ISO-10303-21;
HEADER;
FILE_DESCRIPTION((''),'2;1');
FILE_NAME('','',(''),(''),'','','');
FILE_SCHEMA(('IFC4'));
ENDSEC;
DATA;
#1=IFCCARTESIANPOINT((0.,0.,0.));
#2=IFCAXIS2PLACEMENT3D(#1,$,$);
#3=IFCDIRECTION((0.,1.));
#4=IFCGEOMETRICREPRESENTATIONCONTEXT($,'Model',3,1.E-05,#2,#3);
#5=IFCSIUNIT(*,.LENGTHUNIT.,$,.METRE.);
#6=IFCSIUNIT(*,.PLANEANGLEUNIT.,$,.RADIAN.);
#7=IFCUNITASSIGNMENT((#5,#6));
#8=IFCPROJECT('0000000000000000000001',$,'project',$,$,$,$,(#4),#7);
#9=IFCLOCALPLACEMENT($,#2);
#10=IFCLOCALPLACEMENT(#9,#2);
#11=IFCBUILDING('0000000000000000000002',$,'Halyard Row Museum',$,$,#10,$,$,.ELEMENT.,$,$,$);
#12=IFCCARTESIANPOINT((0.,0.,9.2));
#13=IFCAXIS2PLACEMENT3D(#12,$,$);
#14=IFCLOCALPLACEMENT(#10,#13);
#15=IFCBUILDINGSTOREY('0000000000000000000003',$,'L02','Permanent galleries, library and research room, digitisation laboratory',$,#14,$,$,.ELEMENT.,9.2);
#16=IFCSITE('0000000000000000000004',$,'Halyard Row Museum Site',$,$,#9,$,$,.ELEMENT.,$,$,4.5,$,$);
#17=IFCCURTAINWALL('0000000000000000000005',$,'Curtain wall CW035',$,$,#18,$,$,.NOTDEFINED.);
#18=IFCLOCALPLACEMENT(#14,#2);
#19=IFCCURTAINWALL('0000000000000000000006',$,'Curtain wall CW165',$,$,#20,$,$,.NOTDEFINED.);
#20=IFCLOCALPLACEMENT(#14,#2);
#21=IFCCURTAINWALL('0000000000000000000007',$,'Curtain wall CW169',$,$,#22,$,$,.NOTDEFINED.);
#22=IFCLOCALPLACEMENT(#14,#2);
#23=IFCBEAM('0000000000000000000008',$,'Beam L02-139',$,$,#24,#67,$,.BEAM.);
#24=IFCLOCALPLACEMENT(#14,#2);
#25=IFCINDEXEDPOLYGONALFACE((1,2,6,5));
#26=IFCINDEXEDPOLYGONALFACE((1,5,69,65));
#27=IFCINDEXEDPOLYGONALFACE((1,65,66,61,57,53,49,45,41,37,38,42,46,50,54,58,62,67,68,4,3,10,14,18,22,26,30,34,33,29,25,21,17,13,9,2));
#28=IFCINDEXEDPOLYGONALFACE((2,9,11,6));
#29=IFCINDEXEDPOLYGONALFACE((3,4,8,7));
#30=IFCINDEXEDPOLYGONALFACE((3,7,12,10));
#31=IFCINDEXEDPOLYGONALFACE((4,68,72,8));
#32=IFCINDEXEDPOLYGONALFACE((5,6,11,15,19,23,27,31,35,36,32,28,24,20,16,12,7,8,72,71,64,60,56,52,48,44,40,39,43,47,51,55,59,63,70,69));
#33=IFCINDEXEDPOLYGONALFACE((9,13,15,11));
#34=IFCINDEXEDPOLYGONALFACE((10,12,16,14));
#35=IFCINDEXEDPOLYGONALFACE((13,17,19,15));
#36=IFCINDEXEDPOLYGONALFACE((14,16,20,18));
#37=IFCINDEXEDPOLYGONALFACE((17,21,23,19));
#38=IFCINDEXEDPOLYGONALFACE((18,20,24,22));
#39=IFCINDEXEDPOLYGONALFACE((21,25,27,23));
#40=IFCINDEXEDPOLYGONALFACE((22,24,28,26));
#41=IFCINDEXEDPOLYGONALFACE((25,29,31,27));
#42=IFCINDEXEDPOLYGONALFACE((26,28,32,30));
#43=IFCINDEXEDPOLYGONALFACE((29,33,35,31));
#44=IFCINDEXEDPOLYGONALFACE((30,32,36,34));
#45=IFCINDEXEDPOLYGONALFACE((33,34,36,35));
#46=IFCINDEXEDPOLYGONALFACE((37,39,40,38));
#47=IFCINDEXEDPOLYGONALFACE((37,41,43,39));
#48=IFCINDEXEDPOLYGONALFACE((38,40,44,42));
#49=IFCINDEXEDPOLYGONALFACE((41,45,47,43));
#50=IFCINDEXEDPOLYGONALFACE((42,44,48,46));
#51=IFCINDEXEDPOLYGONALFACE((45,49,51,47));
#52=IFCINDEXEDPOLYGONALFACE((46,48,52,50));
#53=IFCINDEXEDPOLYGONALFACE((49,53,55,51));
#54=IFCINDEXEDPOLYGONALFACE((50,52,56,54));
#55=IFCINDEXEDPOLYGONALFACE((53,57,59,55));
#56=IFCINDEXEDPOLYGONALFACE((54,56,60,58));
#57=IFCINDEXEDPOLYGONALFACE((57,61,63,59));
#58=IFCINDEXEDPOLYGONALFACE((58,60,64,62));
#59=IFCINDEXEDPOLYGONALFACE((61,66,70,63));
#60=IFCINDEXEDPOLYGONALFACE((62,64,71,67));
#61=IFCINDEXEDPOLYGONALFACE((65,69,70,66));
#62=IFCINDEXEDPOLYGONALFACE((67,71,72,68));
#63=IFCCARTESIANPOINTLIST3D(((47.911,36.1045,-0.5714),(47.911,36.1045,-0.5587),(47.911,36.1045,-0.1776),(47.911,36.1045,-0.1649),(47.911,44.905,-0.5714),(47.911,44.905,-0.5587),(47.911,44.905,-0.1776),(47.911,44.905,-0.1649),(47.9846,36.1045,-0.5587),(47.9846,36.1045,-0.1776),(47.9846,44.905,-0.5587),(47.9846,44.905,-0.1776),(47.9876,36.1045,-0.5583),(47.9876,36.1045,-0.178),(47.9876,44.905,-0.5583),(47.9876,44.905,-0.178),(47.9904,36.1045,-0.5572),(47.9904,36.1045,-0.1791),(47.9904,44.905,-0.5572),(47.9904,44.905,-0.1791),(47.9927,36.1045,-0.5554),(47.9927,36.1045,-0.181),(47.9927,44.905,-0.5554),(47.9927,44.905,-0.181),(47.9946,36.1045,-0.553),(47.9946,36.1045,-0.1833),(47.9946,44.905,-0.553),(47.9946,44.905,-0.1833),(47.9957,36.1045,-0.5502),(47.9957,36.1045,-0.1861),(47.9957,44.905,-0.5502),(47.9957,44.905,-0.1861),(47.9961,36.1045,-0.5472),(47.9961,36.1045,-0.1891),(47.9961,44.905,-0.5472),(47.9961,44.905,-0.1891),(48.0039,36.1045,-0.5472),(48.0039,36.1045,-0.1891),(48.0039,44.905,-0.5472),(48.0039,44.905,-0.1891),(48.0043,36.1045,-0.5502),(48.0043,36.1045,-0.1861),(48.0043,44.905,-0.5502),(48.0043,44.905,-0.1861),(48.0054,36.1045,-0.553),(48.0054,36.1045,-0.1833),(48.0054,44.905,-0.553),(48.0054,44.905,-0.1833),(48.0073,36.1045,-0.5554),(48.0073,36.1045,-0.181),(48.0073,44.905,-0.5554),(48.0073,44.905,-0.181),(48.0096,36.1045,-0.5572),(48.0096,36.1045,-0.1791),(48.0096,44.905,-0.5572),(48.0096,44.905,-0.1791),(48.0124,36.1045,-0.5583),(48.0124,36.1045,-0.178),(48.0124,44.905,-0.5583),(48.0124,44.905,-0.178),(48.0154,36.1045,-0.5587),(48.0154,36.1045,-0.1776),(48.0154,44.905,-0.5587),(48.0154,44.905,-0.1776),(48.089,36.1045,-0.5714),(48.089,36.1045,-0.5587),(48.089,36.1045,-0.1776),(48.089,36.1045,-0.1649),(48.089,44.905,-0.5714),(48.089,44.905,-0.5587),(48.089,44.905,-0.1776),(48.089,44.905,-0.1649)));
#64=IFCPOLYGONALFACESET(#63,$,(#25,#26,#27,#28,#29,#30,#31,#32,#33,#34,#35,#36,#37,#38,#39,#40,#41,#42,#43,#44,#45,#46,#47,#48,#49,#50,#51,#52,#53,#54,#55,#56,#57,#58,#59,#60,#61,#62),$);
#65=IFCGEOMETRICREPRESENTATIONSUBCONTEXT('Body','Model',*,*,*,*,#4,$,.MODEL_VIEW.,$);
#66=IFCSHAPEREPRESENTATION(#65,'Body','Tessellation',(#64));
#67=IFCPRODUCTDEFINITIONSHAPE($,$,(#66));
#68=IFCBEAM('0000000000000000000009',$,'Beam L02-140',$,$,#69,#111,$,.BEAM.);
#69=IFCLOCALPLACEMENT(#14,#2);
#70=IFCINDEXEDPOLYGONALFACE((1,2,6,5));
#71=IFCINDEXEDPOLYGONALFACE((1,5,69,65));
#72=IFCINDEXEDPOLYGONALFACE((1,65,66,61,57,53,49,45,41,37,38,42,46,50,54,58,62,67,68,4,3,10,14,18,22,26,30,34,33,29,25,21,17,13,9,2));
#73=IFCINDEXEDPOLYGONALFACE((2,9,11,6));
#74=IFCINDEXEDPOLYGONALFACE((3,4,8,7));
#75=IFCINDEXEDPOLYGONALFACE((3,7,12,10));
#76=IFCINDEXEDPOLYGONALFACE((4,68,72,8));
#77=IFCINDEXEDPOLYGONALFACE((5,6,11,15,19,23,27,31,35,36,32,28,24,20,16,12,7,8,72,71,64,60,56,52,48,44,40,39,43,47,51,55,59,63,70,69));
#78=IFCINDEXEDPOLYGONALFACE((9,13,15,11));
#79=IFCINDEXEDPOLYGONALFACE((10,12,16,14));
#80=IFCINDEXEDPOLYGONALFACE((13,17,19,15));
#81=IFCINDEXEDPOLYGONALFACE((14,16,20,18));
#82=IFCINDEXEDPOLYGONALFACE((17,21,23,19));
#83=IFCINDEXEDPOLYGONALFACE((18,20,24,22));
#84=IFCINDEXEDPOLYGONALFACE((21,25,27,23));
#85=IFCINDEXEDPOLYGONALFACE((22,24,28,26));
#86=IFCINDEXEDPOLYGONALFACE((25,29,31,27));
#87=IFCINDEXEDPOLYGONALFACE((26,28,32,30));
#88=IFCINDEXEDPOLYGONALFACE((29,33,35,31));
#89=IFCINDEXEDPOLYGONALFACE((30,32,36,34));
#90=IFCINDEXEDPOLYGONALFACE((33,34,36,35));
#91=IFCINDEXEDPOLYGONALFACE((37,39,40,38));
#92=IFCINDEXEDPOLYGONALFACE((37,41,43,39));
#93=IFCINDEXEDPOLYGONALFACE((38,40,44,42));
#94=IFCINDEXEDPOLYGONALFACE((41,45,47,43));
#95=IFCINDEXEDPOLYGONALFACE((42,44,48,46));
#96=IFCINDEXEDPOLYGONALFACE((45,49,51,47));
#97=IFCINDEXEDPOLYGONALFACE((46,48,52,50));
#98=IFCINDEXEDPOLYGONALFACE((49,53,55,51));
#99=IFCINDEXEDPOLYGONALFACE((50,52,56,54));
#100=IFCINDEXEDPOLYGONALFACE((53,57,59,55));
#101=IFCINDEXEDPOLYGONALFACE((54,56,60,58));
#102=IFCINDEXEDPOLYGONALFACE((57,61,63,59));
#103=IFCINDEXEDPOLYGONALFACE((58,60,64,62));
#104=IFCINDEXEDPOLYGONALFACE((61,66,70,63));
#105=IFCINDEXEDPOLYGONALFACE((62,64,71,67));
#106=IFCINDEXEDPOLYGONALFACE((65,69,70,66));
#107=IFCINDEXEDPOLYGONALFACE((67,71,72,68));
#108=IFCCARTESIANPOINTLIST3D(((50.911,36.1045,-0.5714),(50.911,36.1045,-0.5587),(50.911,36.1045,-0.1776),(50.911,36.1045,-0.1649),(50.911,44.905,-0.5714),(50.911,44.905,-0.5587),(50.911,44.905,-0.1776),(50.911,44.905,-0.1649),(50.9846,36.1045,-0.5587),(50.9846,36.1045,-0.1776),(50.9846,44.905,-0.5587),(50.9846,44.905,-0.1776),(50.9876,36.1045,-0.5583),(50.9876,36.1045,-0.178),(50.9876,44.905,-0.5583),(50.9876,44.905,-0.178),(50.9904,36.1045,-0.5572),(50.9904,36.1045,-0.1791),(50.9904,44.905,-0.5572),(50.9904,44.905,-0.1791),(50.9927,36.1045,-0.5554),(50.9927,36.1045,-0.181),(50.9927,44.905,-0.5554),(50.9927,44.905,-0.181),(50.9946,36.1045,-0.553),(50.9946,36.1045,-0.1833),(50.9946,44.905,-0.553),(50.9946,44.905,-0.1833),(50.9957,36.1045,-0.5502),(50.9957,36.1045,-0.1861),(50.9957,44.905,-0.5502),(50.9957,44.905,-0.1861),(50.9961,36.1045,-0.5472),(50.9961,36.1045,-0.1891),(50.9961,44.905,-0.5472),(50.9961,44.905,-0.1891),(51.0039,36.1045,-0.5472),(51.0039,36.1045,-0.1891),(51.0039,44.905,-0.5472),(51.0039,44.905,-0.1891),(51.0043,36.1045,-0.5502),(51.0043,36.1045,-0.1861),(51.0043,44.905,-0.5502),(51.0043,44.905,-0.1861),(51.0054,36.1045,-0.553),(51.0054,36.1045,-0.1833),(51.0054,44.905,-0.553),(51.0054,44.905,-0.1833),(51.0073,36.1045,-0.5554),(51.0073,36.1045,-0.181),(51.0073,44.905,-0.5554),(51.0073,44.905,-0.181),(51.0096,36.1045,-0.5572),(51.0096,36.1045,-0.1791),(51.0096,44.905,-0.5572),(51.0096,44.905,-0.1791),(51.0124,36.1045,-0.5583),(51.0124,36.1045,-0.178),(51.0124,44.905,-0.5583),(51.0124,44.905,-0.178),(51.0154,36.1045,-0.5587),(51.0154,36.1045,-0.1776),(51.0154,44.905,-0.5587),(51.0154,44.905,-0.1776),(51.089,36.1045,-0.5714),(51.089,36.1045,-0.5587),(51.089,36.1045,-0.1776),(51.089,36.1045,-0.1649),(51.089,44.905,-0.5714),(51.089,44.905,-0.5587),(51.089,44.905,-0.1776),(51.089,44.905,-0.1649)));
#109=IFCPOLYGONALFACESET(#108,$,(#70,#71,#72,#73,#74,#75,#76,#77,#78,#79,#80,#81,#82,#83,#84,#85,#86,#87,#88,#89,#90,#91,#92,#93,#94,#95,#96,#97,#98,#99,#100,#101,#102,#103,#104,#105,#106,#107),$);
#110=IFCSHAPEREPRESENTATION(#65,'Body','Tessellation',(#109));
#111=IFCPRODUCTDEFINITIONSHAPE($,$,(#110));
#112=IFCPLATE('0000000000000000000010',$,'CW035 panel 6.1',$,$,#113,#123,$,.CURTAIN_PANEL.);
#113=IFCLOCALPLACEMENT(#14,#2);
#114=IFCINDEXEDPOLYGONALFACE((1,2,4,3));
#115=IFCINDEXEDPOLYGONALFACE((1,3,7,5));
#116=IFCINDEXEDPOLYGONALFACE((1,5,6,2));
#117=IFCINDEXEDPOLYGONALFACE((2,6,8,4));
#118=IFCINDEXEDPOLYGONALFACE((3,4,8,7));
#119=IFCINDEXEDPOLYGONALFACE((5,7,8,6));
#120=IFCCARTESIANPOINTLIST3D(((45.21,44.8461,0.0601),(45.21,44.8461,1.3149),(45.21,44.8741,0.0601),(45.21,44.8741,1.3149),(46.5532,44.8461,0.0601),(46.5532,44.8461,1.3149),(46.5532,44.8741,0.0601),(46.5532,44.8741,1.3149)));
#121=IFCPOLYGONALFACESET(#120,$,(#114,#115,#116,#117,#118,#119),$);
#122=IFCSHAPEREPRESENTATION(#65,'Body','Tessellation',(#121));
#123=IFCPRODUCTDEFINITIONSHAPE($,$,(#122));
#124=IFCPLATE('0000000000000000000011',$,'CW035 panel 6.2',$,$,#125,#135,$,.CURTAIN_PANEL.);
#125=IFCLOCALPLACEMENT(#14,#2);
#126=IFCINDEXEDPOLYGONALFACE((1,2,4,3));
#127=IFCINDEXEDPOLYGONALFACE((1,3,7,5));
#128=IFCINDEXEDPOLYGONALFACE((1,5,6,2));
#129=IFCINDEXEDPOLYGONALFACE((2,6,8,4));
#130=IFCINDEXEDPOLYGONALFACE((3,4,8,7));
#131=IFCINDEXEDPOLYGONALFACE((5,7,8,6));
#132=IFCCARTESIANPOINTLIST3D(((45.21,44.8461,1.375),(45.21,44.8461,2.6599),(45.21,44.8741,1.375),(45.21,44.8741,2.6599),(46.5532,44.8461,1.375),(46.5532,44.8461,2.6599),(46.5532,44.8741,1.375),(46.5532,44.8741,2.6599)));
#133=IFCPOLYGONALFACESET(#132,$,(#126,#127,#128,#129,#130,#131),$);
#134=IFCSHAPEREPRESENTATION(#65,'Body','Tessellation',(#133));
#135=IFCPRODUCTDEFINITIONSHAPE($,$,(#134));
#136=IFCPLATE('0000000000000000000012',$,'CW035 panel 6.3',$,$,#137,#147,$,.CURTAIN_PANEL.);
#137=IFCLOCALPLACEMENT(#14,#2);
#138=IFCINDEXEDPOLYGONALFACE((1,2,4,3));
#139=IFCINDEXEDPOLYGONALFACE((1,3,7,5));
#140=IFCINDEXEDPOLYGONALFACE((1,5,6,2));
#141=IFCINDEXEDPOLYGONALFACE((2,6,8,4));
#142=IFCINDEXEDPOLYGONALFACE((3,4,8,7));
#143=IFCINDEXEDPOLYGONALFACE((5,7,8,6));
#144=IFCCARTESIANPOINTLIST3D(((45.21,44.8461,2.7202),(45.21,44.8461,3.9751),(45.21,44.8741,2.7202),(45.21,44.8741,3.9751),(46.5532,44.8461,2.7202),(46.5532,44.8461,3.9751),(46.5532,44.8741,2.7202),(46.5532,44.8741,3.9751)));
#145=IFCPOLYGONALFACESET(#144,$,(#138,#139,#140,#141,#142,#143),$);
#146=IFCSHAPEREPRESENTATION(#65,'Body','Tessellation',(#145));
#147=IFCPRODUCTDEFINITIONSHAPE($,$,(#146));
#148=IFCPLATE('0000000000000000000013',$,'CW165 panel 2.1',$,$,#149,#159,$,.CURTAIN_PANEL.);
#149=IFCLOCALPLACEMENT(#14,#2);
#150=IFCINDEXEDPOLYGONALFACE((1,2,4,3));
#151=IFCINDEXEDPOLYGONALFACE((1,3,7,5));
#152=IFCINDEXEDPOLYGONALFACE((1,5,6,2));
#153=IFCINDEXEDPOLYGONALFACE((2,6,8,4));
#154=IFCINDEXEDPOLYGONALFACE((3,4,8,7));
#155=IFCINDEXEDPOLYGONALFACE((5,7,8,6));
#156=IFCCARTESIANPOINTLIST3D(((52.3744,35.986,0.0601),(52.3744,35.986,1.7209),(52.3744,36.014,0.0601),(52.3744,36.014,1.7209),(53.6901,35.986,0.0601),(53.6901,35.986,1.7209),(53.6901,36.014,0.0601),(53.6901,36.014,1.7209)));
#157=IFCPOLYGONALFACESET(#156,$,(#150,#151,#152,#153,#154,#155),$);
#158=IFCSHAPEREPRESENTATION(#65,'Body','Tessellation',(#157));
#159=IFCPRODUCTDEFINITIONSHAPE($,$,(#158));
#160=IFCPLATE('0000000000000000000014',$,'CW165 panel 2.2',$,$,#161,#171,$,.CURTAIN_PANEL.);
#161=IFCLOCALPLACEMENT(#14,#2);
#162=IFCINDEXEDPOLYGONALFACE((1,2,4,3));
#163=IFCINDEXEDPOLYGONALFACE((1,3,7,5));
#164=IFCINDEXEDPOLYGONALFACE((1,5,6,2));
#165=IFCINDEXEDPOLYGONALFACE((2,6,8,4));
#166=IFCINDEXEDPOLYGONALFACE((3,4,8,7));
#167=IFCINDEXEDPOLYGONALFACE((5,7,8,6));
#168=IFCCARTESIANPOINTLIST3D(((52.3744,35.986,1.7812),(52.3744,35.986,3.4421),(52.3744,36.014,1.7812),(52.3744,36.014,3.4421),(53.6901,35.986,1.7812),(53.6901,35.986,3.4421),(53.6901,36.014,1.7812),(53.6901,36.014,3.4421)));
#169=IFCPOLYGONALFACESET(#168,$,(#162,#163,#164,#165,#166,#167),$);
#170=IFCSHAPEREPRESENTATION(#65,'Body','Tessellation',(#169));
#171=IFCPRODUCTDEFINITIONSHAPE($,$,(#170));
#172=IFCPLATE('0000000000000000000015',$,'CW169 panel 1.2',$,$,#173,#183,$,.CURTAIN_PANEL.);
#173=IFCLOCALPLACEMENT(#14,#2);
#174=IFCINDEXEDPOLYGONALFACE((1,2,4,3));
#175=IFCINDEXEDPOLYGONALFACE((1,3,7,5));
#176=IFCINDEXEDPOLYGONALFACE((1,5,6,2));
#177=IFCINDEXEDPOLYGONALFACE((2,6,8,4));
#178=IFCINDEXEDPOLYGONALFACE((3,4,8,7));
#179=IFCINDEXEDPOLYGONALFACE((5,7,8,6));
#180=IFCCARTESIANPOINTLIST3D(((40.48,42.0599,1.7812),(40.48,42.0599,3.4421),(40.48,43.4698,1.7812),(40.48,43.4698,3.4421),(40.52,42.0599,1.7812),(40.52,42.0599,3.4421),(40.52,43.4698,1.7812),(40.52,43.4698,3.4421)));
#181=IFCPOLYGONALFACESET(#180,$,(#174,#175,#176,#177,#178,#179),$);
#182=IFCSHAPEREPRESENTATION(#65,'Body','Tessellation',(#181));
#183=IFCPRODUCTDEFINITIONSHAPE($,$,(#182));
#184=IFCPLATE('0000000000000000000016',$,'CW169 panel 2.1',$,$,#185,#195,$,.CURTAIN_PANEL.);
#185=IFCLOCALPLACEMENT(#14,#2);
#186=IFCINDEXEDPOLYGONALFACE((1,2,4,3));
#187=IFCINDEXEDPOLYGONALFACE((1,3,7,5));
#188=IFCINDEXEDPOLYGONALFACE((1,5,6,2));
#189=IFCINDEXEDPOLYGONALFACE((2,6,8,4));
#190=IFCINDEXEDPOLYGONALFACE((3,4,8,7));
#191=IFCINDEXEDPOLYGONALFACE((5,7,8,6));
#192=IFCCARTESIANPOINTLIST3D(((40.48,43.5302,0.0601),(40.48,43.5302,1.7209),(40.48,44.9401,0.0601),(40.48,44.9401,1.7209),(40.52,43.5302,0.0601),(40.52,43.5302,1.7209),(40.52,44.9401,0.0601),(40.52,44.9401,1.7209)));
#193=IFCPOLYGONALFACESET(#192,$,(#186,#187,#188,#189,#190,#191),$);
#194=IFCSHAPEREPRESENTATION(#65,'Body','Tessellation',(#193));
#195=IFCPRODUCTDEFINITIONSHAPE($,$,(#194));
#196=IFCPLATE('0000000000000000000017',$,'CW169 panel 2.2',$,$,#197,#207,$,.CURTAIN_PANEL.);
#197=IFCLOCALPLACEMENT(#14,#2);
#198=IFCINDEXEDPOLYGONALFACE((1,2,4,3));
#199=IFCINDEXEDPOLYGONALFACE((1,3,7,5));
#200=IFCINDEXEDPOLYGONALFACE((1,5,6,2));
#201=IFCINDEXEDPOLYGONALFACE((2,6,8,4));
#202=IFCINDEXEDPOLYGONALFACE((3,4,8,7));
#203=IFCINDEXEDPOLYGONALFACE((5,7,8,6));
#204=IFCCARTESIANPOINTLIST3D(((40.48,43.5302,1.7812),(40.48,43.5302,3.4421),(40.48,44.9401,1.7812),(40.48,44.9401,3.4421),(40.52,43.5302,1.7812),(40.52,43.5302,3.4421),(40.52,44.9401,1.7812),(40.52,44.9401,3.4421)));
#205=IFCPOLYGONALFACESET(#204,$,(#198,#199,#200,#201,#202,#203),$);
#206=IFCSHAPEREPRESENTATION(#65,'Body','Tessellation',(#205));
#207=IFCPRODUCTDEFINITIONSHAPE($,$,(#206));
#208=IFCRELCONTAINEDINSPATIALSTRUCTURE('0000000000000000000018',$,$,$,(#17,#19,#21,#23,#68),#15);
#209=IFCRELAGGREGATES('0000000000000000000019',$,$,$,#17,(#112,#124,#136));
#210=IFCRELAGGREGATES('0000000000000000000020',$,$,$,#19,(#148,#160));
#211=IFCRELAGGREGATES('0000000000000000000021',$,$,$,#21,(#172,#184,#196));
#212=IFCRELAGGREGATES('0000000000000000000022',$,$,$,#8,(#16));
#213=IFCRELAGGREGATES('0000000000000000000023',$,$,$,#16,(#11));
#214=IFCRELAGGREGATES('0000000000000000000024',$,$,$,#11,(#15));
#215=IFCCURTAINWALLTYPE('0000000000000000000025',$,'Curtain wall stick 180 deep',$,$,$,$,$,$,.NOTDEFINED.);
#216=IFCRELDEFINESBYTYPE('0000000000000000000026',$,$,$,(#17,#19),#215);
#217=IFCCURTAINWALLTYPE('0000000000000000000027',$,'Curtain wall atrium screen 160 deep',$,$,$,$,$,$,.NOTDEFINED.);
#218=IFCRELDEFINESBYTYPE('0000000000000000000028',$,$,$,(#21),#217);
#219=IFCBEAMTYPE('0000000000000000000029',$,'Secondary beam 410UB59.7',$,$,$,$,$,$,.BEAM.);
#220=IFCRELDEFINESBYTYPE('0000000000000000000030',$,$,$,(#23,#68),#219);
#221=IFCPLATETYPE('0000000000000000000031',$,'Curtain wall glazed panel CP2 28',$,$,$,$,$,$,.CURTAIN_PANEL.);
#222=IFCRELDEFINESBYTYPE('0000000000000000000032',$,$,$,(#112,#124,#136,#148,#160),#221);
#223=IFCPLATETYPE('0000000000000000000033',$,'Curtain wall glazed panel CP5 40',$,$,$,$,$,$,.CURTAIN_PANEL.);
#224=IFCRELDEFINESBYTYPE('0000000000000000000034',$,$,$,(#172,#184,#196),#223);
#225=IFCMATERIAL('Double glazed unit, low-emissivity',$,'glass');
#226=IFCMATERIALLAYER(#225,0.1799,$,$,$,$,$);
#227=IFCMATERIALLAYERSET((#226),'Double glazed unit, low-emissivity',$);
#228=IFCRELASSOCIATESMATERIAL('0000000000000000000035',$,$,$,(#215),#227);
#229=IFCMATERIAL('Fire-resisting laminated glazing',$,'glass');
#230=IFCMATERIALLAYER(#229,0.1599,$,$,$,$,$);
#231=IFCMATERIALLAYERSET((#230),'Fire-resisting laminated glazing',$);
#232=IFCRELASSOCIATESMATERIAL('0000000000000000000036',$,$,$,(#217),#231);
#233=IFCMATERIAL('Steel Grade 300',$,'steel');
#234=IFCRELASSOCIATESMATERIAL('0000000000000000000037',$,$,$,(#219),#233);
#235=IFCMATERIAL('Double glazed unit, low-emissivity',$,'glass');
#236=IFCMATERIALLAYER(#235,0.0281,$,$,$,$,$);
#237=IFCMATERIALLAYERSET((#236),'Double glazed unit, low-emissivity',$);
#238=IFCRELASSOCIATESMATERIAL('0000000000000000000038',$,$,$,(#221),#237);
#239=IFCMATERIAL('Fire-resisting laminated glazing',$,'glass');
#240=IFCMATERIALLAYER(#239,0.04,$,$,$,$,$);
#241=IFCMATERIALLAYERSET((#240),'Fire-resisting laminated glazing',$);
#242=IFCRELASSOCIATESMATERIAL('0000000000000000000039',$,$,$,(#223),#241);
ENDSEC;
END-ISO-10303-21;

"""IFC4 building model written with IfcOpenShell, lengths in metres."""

from ifc_helpers import new_model, si_unit, direction, frame, origin, origin_2d, place, context, subcontext, project, spatial, rectangle, i_section, extrude, material, layer, layer_set, material_profile, profile_set, type_object, element, aggregate, save


model = new_model("IFC4")

# Units and contexts
model_context = context("Model", 3, precision=1e-05, world=origin(), true_north=direction((0.0, 1.0)))
body_context = subcontext(model_context, "Body", "Model", "MODEL_VIEW")
ifc_project = project(units=[si_unit("LENGTHUNIT", "METRE"), si_unit("PLANEANGLEUNIT", "RADIAN")], contexts=[model_context])

# Site, building, storey
site_placement = place(None, origin())
site = spatial("IfcSite", under=ifc_project, at=site_placement, Name="Halyard Row Museum Site", CompositionType="ELEMENT", RefElevation=4.5)
building_placement = place(site_placement, origin())
building = spatial("IfcBuilding", under=site, at=building_placement, Name="Halyard Row Museum", CompositionType="ELEMENT")
storey_placement = place(building_placement, frame((0.0, 0.0, 9.2)))
storey = spatial("IfcBuildingStorey", under=building, at=storey_placement, Name="L02", Description="Permanent galleries, library and research room, digitisation laboratory", CompositionType="ELEMENT", Elevation=9.2)

# Curtain walls
ifc_material_1 = material(Name="Double glazed unit, low-emissivity", Category="glass")
ifc_layer_1 = layer(ifc_material_1, 0.1799)
ifc_layer_set_1 = layer_set([ifc_layer_1], Name="Double glazed unit, low-emissivity")
curtain_wall_type_1 = type_object("IfcCurtainWallType", Name="Curtain wall stick 180 deep", PredefinedType="NOTDEFINED", material=ifc_layer_set_1)
curtain_wall_1_placement = place(storey_placement, origin())
curtain_wall_1 = element("IfcCurtainWall", 1, at=curtain_wall_1_placement, inside=storey, type_object=curtain_wall_type_1, Name="Curtain wall CW035", PredefinedType="NOTDEFINED")
curtain_wall_2_placement = place(storey_placement, origin())
curtain_wall_2 = element("IfcCurtainWall", 2, at=curtain_wall_2_placement, inside=storey, type_object=curtain_wall_type_1, Name="Curtain wall CW165", PredefinedType="NOTDEFINED")

# Curtain wall
ifc_material_2 = material(Name="Fire-resisting laminated glazing", Category="glass")
ifc_layer_2 = layer(ifc_material_2, 0.1599)
ifc_layer_set_2 = layer_set([ifc_layer_2], Name="Fire-resisting laminated glazing")
curtain_wall_type_2 = type_object("IfcCurtainWallType", Name="Curtain wall atrium screen 160 deep", PredefinedType="NOTDEFINED", material=ifc_layer_set_2)
curtain_wall_3_placement = place(storey_placement, origin())
curtain_wall_3 = element("IfcCurtainWall", 3, at=curtain_wall_3_placement, inside=storey, type_object=curtain_wall_type_2, Name="Curtain wall CW169", PredefinedType="NOTDEFINED")

# Beams
ifc_material_3 = material(Name="Steel Grade 300", Category="steel")
ifc_material_profile_1 = material_profile(ifc_material_3, i_section(OverallWidth=0.178, OverallDepth=0.4065, WebThickness=0.0078, FlangeThickness=0.0127, FilletRadius=0.0115, at=origin_2d()), Name="410UB59.7")
ifc_profile_set_1 = profile_set([ifc_material_profile_1], Name="Steel Grade 300")
beam_type_1 = type_object("IfcBeamType", Name="Secondary beam 410UB59.7", PredefinedType="BEAM", material=ifc_profile_set_1)
for number, where, z_axis, x_axis, name in (
    (4, (48.0, 36.1045, -0.3682), (0.0, 1.0, 0.0), (-1.0, 0.0, 0.0), "Beam L02-139"),
    (5, (51.0, 36.1045, -0.3682), (0.0, 1.0, 0.0), (-1.0, 0.0, 0.0), "Beam L02-140"),
):
    element("IfcBeam", number, at=place(storey_placement, frame(where, z_axis=z_axis, x_axis=x_axis)), inside=storey, type_object=beam_type_1, Name=name, PredefinedType="BEAM", context=body_context, shape_type="SweptSolid", body=[
        extrude(i_section(OverallWidth=0.178, OverallDepth=0.4065, WebThickness=0.0078, FlangeThickness=0.0127, FilletRadius=0.0115, at=origin_2d()), origin(), (0.0, 0.0, 1.0), 8.8005),
    ])

# Plates
ifc_material_4 = material(Name="Double glazed unit, low-emissivity", Category="glass")
ifc_layer_3 = layer(ifc_material_4, 0.0281)
ifc_layer_set_3 = layer_set([ifc_layer_3], Name="Double glazed unit, low-emissivity")
plate_type_1 = type_object("IfcPlateType", Name="Curtain wall glazed panel CP2 28", PredefinedType="CURTAIN_PANEL", material=ifc_layer_set_3)
plate_1_placement = place(storey_placement, frame((45.8816, 44.8601, 0.0601), z_axis=(0.0, 0.0, 1.0), x_axis=(-1.0, 0.0, 0.0)))
plate_1 = element("IfcPlate", 6, at=plate_1_placement, type_object=plate_type_1, Name="CW035 panel 6.1", PredefinedType="CURTAIN_PANEL", context=body_context, shape_type="SweptSolid", body=[
    extrude(rectangle(XDim=1.3433, YDim=0.0281, at=origin_2d()), origin(), (0.0, 0.0, 1.0), 1.2549),
])
plate_2_placement = place(storey_placement, frame((45.8816, 44.8601, 1.375), z_axis=(0.0, 0.0, 1.0), x_axis=(-1.0, 0.0, 0.0)))
plate_2 = element("IfcPlate", 7, at=plate_2_placement, type_object=plate_type_1, Name="CW035 panel 6.2", PredefinedType="CURTAIN_PANEL", context=body_context, shape_type="SweptSolid", body=[
    extrude(rectangle(XDim=1.3433, YDim=0.0281, at=origin_2d()), origin(), (0.0, 0.0, 1.0), 1.2849),
])
plate_3_placement = place(storey_placement, frame((45.8816, 44.8601, 2.7202), z_axis=(0.0, 0.0, 1.0), x_axis=(-1.0, 0.0, 0.0)))
plate_3 = element("IfcPlate", 8, at=plate_3_placement, type_object=plate_type_1, Name="CW035 panel 6.3", PredefinedType="CURTAIN_PANEL", context=body_context, shape_type="SweptSolid", body=[
    extrude(rectangle(XDim=1.3433, YDim=0.0281, at=origin_2d()), origin(), (0.0, 0.0, 1.0), 1.2549),
])
aggregate(curtain_wall_1, [plate_1, plate_2, plate_3])
plate_4_placement = place(storey_placement, frame((53.0322, 36.0, 0.0601), z_axis=(0.0, 0.0, 1.0), x_axis=(1.0, 0.0, 0.0)))
plate_4 = element("IfcPlate", 9, at=plate_4_placement, type_object=plate_type_1, Name="CW165 panel 2.1", PredefinedType="CURTAIN_PANEL", context=body_context, shape_type="SweptSolid", body=[
    extrude(rectangle(XDim=1.3157, YDim=0.0281, at=origin_2d()), origin(), (0.0, 0.0, 1.0), 1.6609),
])
plate_5_placement = place(storey_placement, frame((53.0322, 36.0, 1.7812), z_axis=(0.0, 0.0, 1.0), x_axis=(1.0, 0.0, 0.0)))
plate_5 = element("IfcPlate", 10, at=plate_5_placement, type_object=plate_type_1, Name="CW165 panel 2.2", PredefinedType="CURTAIN_PANEL", context=body_context, shape_type="SweptSolid", body=[
    extrude(rectangle(XDim=1.3157, YDim=0.0281, at=origin_2d()), origin(), (0.0, 0.0, 1.0), 1.6609),
])
aggregate(curtain_wall_2, [plate_4, plate_5])
ifc_material_5 = material(Name="Fire-resisting laminated glazing", Category="glass")
ifc_layer_4 = layer(ifc_material_5, 0.04)
ifc_layer_set_4 = layer_set([ifc_layer_4], Name="Fire-resisting laminated glazing")
plate_type_2 = type_object("IfcPlateType", Name="Curtain wall glazed panel CP5 40", PredefinedType="CURTAIN_PANEL", material=ifc_layer_set_4)
plate_6_placement = place(storey_placement, frame((40.5, 42.7649, 1.7812), z_axis=(0.0, 0.0, 1.0), x_axis=(0.0, 1.0, 0.0)))
plate_6 = element("IfcPlate", 11, at=plate_6_placement, type_object=plate_type_2, Name="CW169 panel 1.2", PredefinedType="CURTAIN_PANEL", context=body_context, shape_type="SweptSolid", body=[
    extrude(rectangle(XDim=1.4099, YDim=0.04, at=origin_2d()), origin(), (0.0, 0.0, 1.0), 1.6609),
])
plate_7_placement = place(storey_placement, frame((40.5, 44.2351, 0.0601), z_axis=(0.0, 0.0, 1.0), x_axis=(0.0, 1.0, 0.0)))
plate_7 = element("IfcPlate", 12, at=plate_7_placement, type_object=plate_type_2, Name="CW169 panel 2.1", PredefinedType="CURTAIN_PANEL", context=body_context, shape_type="SweptSolid", body=[
    extrude(rectangle(XDim=1.4099, YDim=0.04, at=origin_2d()), origin(), (0.0, 0.0, 1.0), 1.6609),
])
plate_8_placement = place(storey_placement, frame((40.5, 44.2351, 1.7812), z_axis=(0.0, 0.0, 1.0), x_axis=(0.0, 1.0, 0.0)))
plate_8 = element("IfcPlate", 13, at=plate_8_placement, type_object=plate_type_2, Name="CW169 panel 2.2", PredefinedType="CURTAIN_PANEL", context=body_context, shape_type="SweptSolid", body=[
    extrude(rectangle(XDim=1.4099, YDim=0.04, at=origin_2d()), origin(), (0.0, 0.0, 1.0), 1.6609),
])
aggregate(curtain_wall_3, [plate_6, plate_7, plate_8])

save(model, "model.ifc")
